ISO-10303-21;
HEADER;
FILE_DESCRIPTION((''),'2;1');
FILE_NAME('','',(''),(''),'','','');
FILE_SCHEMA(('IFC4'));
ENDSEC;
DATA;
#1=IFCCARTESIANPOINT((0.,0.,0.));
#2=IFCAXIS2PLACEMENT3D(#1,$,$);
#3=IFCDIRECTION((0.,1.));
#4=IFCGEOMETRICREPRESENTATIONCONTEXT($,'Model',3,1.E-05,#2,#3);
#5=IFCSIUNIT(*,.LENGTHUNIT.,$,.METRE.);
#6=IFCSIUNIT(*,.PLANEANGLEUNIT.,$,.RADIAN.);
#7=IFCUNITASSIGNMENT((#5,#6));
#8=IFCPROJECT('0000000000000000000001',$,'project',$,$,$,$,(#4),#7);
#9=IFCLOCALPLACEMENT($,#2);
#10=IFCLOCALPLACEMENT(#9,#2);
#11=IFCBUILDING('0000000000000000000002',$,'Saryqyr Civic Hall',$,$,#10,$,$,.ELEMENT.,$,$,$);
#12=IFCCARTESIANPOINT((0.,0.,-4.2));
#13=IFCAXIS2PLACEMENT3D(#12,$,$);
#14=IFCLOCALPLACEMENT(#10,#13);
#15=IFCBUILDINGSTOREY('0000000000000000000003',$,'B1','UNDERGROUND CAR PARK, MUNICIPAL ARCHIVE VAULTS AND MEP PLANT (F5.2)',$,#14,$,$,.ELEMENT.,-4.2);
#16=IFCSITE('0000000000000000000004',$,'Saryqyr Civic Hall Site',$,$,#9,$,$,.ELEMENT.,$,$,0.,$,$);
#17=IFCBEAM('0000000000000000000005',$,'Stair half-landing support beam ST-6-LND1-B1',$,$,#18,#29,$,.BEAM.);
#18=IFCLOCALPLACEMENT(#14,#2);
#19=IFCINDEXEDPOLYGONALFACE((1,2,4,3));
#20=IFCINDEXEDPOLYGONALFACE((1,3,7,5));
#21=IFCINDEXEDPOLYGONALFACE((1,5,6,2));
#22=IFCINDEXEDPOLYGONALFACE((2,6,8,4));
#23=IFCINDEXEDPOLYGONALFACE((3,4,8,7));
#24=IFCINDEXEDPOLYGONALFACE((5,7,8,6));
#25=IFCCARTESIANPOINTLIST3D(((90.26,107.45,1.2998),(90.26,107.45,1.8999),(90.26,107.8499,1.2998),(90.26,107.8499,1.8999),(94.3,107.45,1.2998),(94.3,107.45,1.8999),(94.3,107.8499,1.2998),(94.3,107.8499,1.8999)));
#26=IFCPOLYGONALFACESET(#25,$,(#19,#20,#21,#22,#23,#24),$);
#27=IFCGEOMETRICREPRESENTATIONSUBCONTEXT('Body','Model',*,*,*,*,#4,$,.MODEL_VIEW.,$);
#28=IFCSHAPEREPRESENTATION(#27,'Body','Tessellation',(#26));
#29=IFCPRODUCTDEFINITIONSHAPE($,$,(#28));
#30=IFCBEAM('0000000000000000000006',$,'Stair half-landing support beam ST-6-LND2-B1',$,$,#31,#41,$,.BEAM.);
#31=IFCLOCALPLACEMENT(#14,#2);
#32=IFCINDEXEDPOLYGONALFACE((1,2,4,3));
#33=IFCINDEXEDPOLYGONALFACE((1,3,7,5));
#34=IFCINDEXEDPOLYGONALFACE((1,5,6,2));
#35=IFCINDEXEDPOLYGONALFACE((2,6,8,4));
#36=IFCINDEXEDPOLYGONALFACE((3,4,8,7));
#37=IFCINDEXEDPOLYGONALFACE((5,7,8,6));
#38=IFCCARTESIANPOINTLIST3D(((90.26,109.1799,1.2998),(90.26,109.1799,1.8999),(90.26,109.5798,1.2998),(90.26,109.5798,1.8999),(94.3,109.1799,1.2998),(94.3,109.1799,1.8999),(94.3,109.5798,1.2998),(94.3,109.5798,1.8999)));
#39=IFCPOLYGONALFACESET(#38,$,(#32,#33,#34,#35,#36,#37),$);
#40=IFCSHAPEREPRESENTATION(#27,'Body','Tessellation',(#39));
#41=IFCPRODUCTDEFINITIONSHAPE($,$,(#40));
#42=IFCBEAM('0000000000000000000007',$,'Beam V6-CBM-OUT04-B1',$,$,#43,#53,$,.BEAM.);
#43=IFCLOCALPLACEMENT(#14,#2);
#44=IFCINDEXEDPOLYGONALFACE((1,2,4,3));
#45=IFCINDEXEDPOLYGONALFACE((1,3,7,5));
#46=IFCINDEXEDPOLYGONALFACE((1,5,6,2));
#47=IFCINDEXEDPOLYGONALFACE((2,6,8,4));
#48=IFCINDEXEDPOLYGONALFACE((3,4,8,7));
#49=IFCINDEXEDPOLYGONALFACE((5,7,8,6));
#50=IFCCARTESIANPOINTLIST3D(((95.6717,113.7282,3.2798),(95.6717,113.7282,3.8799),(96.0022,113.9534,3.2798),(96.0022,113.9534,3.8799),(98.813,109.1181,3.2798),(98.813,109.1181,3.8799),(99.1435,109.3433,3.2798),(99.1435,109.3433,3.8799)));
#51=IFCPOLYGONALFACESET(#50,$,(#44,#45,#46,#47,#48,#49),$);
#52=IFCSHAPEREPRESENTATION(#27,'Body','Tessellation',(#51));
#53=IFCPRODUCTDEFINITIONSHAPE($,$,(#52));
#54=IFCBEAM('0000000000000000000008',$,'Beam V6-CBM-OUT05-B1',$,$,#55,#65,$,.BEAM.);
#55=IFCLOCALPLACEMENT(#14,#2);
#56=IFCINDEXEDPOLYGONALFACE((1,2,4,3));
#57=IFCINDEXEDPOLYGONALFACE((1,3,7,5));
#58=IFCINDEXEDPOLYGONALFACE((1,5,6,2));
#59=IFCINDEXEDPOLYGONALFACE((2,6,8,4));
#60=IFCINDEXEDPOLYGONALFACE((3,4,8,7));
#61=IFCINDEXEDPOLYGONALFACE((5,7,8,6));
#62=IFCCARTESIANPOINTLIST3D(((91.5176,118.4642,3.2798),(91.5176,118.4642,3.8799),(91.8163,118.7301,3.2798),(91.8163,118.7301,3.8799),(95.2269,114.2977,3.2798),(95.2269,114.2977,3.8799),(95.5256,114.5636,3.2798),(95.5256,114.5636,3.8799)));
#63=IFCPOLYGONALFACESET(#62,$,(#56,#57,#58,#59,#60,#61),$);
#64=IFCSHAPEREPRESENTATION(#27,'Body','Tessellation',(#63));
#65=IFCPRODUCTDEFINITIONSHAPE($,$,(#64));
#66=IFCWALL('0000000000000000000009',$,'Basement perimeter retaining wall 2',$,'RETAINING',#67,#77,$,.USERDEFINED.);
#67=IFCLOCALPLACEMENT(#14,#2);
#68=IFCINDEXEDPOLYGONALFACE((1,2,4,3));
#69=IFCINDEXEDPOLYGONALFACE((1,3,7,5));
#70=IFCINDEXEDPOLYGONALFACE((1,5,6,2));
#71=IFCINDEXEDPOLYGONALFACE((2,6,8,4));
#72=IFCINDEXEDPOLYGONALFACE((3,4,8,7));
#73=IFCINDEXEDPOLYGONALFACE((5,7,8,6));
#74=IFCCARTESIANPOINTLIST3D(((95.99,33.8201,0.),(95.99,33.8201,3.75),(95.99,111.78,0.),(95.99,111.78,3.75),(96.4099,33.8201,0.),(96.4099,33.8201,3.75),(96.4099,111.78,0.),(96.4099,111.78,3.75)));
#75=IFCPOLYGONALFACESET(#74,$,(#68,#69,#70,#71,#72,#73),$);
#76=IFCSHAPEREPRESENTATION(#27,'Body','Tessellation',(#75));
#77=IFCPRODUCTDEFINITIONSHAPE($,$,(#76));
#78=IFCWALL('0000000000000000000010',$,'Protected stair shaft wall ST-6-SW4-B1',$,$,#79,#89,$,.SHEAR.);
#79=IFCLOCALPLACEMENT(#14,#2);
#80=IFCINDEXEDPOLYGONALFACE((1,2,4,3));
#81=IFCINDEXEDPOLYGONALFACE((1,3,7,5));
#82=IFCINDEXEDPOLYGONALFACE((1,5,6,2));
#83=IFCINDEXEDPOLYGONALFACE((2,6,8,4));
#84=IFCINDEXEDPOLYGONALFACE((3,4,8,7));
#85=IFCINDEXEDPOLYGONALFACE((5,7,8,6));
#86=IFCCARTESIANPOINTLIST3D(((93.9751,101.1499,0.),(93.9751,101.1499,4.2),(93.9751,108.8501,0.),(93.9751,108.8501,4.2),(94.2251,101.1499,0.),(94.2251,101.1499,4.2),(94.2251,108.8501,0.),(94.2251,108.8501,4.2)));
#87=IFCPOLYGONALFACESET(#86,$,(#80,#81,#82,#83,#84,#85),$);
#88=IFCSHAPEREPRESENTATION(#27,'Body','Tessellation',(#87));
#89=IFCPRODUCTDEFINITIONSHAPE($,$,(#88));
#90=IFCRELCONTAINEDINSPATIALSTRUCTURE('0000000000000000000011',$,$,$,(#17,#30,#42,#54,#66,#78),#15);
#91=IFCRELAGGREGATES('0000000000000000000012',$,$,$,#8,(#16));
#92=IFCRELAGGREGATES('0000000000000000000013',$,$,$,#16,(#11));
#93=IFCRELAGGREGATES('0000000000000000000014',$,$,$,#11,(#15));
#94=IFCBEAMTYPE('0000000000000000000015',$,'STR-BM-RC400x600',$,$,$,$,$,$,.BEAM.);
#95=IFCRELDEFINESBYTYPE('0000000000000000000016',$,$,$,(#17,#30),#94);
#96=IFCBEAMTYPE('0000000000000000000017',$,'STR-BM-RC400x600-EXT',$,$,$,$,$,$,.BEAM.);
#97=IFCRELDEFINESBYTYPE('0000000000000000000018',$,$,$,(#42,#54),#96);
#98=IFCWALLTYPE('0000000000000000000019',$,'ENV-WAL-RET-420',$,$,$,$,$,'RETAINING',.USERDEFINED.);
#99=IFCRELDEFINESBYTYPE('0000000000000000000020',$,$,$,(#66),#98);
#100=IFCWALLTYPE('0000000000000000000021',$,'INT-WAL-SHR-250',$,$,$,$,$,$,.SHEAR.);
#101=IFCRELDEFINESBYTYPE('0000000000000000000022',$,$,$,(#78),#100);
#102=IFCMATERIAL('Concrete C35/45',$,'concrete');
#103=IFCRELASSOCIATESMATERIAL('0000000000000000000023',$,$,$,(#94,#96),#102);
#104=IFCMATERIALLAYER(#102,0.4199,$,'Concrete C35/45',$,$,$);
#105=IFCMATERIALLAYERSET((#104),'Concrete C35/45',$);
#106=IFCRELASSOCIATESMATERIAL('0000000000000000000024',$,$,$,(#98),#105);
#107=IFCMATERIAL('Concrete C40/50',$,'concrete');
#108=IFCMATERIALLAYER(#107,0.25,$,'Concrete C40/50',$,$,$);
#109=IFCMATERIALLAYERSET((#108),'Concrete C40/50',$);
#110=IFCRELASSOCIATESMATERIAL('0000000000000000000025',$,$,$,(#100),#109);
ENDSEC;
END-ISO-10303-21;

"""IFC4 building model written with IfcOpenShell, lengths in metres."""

from ifc_helpers import new_model, si_unit, direction, frame, frame_2d, origin, origin_2d, place, context, subcontext, project, spatial, rectangle, extrude, material, layer, layer_set, material_profile, profile_set, type_object, element, save


model = new_model("IFC4")

# Units and contexts
model_context = context("Model", 3, precision=1e-05, world=origin(), true_north=direction((0.0, 1.0)))
body_context = subcontext(model_context, "Body", "Model", "MODEL_VIEW")
ifc_project = project(units=[si_unit("LENGTHUNIT", "METRE"), si_unit("PLANEANGLEUNIT", "RADIAN")], contexts=[model_context])

# Site, building, storey
site_placement = place(None, origin())
site = spatial("IfcSite", under=ifc_project, at=site_placement, Name="Saryqyr Civic Hall Site", CompositionType="ELEMENT", RefElevation=0.0)
building_placement = place(site_placement, origin())
building = spatial("IfcBuilding", under=site, at=building_placement, Name="Saryqyr Civic Hall", CompositionType="ELEMENT")
storey_placement = place(building_placement, frame((0.0, 0.0, -4.2)))
storey = spatial("IfcBuildingStorey", under=building, at=storey_placement, Name="B1", Description="UNDERGROUND CAR PARK, MUNICIPAL ARCHIVE VAULTS AND MEP PLANT (F5.2)", CompositionType="ELEMENT", Elevation=-4.2)

# Shared definitions
ifc_material_1 = material(Name="Concrete C35/45", Category="concrete")

# Shared definitions
ifc_material_2 = material(Name="Concrete C40/50", Category="concrete")

# Beams
ifc_material_profile_1 = material_profile(ifc_material_1, rectangle(XDim=0.3999, YDim=0.6001, at=origin_2d()), Name="RC 400x600")
ifc_profile_set_1 = profile_set([ifc_material_profile_1], Name="Concrete C35/45")
beam_type_1 = type_object("IfcBeamType", Name="STR-BM-RC400x600", PredefinedType="BEAM", material=ifc_profile_set_1)
for number, where, z_axis, x_axis, name in (
    (1, (94.3, 107.6499, 1.5999), (-1.0, 0.0, 0.0), (0.0, -1.0, 0.0), "Stair half-landing support beam ST-6-LND1-B1"),
    (2, (94.3, 109.3799, 1.5999), (-1.0, 0.0, 0.0), (0.0, -1.0, 0.0), "Stair half-landing support beam ST-6-LND2-B1"),
):
    element("IfcBeam", number, at=place(storey_placement, frame(where, z_axis=z_axis, x_axis=x_axis)), inside=storey, type_object=beam_type_1, Name=name, PredefinedType="BEAM", context=body_context, shape_type="SweptSolid", body=[
        extrude(rectangle(XDim=0.3999, YDim=0.6001, at=origin_2d()), origin(), (0.0, 0.0, 1.0), 4.04),
    ])
ifc_material_profile_2 = material_profile(ifc_material_1, rectangle(XDim=0.3999, YDim=0.6001, at=origin_2d()), Name="RC 400x600")
ifc_profile_set_2 = profile_set([ifc_material_profile_2], Name="Concrete C35/45")
beam_type_2 = type_object("IfcBeamType", Name="STR-BM-RC400x600-EXT", PredefinedType="BEAM", material=ifc_profile_set_2)
beam_1_placement = place(storey_placement, frame((98.9783, 109.2307, 3.5798), z_axis=(-0.563105, 0.826386, 0.0), x_axis=(-0.826386, -0.563105, 0.0)))
element("IfcBeam", 3, at=beam_1_placement, inside=storey, type_object=beam_type_2, Name="Beam V6-CBM-OUT04-B1", PredefinedType="BEAM", context=body_context, shape_type="SweptSolid", body=[
    extrude(rectangle(XDim=0.3999, YDim=0.6001, at=origin_2d()), origin(), (0.0, 0.0, 1.0), 5.5786),
])
beam_2_placement = place(storey_placement, frame((95.3762, 114.4307, 3.5798), z_axis=(-0.664931, 0.746904, 0.0), x_axis=(-0.746904, -0.664931, 0.0)))
element("IfcBeam", 4, at=beam_2_placement, inside=storey, type_object=beam_type_2, Name="Beam V6-CBM-OUT05-B1", PredefinedType="BEAM", context=body_context, shape_type="SweptSolid", body=[
    extrude(rectangle(XDim=0.3999, YDim=0.6001, at=origin_2d()), origin(), (0.0, 0.0, 1.0), 5.5784),
])

# Walls
ifc_layer_1 = layer(ifc_material_1, 0.4199, Name="Concrete C35/45")
ifc_layer_set_1 = layer_set([ifc_layer_1], Name="Concrete C35/45")
wall_type_1 = type_object("IfcWallType", Name="ENV-WAL-RET-420", ElementType="RETAINING", PredefinedType="USERDEFINED", material=ifc_layer_set_1)
wall_1_placement = place(storey_placement, frame((96.2, 111.78, 0.0), z_axis=(0.0, 0.0, 1.0), x_axis=(0.0, -1.0, 0.0)))
element("IfcWall", 5, at=wall_1_placement, inside=storey, type_object=wall_type_1, Name="Basement perimeter retaining wall 2", ObjectType="RETAINING", PredefinedType="USERDEFINED", context=body_context, shape_type="SweptSolid", body=[
    extrude(rectangle(XDim=77.96, YDim=0.4199, at=frame_2d((38.98, 0.0))), origin(), (0.0, 0.0, 1.0), 3.75),
])
ifc_layer_2 = layer(ifc_material_2, 0.25, Name="Concrete C40/50")
ifc_layer_set_2 = layer_set([ifc_layer_2], Name="Concrete C40/50")
wall_type_2 = type_object("IfcWallType", Name="INT-WAL-SHR-250", PredefinedType="SHEAR", material=ifc_layer_set_2)
wall_2_placement = place(storey_placement, frame((94.1001, 108.8501, 0.0), z_axis=(0.0, 0.0, 1.0), x_axis=(0.0, -1.0, 0.0)))
element("IfcWall", 6, at=wall_2_placement, inside=storey, type_object=wall_type_2, Name="Protected stair shaft wall ST-6-SW4-B1", PredefinedType="SHEAR", context=body_context, shape_type="SweptSolid", body=[
    extrude(rectangle(XDim=7.7002, YDim=0.25, at=frame_2d((3.8501, 0.0))), origin(), (0.0, 0.0, 1.0), 4.2),
])

save(model, "model.ifc")
